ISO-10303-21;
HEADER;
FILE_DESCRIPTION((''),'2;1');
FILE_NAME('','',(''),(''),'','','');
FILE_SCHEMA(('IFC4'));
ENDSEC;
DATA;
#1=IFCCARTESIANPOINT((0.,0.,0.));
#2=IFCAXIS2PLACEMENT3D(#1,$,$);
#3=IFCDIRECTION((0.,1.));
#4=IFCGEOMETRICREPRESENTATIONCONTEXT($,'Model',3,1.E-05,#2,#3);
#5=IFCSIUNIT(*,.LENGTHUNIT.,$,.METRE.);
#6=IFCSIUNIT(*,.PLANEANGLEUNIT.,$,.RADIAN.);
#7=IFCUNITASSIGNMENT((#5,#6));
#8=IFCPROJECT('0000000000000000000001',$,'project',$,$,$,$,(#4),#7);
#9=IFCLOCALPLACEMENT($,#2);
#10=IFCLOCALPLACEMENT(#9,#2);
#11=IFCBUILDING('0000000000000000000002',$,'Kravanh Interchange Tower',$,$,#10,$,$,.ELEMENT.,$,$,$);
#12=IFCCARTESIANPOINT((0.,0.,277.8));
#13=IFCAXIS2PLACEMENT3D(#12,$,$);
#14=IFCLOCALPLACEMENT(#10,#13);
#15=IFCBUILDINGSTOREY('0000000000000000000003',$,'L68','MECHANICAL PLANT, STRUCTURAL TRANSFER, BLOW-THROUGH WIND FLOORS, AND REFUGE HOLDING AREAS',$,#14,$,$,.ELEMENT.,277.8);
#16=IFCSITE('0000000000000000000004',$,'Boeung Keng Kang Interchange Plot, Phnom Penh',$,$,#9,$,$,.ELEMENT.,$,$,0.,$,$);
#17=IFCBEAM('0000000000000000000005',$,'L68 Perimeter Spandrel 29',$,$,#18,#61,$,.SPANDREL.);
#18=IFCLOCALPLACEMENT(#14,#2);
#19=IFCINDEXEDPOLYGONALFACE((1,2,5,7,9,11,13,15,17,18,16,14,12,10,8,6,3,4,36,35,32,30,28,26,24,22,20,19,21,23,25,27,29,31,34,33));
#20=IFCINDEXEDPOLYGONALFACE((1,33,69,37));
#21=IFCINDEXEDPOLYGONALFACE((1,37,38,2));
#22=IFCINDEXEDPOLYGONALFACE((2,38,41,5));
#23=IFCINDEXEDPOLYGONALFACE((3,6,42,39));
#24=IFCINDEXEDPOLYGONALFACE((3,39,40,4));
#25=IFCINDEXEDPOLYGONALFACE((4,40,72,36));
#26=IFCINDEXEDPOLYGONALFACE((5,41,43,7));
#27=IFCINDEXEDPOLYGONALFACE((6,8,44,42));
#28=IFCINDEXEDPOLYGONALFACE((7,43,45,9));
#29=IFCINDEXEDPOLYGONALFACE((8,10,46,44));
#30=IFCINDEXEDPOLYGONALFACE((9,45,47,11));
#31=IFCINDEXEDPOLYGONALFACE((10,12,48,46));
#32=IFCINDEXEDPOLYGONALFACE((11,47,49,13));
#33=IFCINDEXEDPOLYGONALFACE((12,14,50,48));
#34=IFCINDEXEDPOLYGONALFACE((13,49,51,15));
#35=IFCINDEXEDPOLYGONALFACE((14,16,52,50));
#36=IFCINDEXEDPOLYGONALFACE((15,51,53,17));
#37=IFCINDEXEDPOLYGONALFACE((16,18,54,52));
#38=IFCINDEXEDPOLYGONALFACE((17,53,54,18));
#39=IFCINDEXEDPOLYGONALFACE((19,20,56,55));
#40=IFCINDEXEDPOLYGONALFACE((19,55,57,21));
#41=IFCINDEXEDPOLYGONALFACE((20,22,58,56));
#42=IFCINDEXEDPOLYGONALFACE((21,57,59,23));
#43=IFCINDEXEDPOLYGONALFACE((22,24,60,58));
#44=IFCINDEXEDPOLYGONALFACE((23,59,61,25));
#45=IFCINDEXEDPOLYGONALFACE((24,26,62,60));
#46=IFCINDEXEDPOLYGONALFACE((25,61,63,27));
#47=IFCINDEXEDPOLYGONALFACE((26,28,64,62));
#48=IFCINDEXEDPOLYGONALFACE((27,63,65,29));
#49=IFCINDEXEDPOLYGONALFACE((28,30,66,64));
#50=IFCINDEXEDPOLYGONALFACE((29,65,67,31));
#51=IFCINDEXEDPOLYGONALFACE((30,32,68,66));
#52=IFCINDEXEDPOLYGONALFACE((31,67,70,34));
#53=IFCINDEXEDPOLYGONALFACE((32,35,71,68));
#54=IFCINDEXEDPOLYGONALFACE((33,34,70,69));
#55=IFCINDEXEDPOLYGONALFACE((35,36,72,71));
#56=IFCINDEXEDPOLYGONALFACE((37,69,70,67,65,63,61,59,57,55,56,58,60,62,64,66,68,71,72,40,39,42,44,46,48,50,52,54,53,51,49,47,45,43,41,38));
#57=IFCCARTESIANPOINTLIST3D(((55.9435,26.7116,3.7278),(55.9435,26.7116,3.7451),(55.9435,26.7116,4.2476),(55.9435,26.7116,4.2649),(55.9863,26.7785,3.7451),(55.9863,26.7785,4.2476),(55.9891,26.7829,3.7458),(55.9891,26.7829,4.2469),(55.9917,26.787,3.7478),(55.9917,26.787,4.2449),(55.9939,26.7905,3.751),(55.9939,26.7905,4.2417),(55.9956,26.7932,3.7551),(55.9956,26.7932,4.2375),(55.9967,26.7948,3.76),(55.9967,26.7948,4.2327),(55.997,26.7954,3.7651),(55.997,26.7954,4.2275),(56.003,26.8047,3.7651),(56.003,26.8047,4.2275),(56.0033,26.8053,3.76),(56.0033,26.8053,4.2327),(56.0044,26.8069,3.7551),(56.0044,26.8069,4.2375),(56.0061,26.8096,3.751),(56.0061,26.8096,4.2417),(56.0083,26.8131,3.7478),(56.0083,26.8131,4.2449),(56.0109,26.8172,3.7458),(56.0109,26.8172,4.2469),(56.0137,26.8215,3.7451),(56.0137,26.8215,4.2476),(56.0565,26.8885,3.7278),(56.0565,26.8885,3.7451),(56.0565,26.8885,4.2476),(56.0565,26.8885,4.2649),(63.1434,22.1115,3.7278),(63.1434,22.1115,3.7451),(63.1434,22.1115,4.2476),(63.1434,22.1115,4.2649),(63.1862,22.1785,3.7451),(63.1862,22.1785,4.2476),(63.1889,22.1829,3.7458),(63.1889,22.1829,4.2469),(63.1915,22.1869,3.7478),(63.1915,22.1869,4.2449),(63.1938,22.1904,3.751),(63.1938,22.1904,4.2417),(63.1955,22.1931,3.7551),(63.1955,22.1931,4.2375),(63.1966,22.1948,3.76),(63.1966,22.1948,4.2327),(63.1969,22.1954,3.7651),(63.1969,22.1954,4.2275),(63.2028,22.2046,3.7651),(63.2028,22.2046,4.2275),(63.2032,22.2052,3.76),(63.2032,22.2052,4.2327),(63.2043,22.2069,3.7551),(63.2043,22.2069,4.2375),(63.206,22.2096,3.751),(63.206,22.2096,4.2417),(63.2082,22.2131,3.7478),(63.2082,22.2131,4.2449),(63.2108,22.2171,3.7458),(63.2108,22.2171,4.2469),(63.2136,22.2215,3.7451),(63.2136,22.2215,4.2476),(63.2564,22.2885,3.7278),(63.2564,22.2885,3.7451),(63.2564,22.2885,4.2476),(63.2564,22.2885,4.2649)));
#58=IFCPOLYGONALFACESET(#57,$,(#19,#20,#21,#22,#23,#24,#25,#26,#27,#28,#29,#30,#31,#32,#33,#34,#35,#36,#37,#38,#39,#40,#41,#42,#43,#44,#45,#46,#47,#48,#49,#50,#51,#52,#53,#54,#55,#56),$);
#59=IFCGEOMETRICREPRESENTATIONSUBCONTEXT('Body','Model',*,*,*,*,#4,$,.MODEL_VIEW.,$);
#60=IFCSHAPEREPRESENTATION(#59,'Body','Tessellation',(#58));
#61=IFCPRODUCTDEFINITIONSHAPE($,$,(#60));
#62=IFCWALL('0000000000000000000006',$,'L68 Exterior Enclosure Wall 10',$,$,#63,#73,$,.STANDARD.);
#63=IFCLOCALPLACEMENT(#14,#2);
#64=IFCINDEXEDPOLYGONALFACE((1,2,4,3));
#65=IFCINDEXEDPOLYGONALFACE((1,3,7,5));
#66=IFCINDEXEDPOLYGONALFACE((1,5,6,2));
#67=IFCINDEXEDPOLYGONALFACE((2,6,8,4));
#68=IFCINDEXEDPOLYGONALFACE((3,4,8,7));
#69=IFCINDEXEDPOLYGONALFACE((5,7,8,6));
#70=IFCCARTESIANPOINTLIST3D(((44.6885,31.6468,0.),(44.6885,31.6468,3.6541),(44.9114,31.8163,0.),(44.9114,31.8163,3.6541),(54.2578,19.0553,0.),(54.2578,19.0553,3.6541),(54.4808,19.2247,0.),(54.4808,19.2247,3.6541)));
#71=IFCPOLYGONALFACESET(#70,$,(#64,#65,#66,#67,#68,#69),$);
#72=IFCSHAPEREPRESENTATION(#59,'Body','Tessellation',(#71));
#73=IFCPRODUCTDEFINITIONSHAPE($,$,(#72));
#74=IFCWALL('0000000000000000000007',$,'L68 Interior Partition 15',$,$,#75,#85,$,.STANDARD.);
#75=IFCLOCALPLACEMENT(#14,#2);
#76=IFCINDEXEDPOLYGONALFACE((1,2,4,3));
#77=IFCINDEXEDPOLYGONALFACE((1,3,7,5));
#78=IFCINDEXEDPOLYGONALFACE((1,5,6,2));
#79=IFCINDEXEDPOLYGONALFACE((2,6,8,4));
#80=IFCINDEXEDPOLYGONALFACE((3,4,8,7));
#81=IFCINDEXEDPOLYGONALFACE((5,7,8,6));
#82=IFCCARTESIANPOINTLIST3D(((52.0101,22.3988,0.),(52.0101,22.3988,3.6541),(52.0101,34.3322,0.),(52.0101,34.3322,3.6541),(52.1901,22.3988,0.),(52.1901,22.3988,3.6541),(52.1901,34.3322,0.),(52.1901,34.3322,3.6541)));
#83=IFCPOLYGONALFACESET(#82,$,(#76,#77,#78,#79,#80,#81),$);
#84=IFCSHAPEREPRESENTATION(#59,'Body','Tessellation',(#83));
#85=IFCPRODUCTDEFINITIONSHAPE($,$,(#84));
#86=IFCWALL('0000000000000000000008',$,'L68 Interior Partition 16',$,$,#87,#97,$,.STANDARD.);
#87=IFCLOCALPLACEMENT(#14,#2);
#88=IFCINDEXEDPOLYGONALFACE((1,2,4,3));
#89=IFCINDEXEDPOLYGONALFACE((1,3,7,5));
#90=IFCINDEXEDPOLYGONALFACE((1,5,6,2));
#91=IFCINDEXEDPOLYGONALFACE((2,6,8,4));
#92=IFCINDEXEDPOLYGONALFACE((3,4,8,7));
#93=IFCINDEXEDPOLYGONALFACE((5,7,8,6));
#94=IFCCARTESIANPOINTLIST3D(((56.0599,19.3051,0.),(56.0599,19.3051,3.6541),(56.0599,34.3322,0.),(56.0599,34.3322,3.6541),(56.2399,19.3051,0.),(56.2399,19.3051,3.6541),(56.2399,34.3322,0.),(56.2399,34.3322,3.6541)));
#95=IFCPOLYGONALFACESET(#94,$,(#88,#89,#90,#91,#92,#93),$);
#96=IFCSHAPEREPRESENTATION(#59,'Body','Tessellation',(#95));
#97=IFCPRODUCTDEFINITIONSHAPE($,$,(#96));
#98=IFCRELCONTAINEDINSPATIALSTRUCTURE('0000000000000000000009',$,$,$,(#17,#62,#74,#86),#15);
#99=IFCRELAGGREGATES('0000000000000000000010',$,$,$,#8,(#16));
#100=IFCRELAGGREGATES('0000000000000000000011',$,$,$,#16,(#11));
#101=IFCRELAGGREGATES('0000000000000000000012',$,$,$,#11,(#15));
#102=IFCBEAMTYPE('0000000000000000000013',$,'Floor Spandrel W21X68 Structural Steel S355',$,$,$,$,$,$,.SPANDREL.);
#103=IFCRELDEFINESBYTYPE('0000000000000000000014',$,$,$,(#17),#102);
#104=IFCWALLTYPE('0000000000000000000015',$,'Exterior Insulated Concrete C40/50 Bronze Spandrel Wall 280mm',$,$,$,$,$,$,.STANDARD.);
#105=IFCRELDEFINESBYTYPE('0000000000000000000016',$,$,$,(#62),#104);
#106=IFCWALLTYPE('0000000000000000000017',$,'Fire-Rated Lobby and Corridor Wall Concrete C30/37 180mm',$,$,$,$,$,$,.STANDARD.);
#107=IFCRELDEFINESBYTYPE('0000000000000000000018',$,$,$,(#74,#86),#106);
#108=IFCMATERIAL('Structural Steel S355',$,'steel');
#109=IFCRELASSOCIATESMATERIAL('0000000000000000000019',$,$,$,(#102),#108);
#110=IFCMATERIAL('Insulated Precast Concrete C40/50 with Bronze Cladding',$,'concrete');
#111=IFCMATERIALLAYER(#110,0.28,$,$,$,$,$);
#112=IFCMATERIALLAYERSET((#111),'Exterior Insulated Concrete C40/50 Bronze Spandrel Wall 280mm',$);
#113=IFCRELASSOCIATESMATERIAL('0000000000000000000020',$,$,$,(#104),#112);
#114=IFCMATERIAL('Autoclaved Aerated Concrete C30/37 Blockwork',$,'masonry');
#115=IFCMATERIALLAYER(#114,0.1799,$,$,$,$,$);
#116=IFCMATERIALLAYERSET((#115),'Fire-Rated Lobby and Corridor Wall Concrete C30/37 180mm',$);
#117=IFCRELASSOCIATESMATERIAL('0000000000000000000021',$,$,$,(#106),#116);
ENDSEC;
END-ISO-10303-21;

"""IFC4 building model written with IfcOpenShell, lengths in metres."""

from ifc_helpers import new_model, si_unit, direction, frame, frame_2d, origin, origin_2d, place, context, subcontext, project, spatial, rectangle, i_section, extrude, material, layer, layer_set, material_profile, profile_set, type_object, element, save


model = new_model("IFC4")

# Units and contexts
model_context = context("Model", 3, precision=1e-05, world=origin(), true_north=direction((0.0, 1.0)))
body_context = subcontext(model_context, "Body", "Model", "MODEL_VIEW")
ifc_project = project(units=[si_unit("LENGTHUNIT", "METRE"), si_unit("PLANEANGLEUNIT", "RADIAN")], contexts=[model_context])

# Site, building, storey
site_placement = place(None, origin())
site = spatial("IfcSite", under=ifc_project, at=site_placement, Name="Boeung Keng Kang Interchange Plot, Phnom Penh", CompositionType="ELEMENT", RefElevation=0.0)
building_placement = place(site_placement, origin())
building = spatial("IfcBuilding", under=site, at=building_placement, Name="Kravanh Interchange Tower", CompositionType="ELEMENT")
storey_placement = place(building_placement, frame((0.0, 0.0, 277.8)))
storey = spatial("IfcBuildingStorey", under=building, at=storey_placement, Name="L68", Description="MECHANICAL PLANT, STRUCTURAL TRANSFER, BLOW-THROUGH WIND FLOORS, AND REFUGE HOLDING AREAS", CompositionType="ELEMENT", Elevation=277.8)

# Beam
ifc_material_1 = material(Name="Structural Steel S355", Category="steel")
ifc_material_profile_1 = material_profile(ifc_material_1, i_section(OverallWidth=0.21, OverallDepth=0.5371, WebThickness=0.011, FlangeThickness=0.0173, FilletRadius=0.02, at=origin_2d()), Name="W21X68")
ifc_profile_set_1 = profile_set([ifc_material_profile_1], Name="Structural Steel S355")
beam_type_1 = type_object("IfcBeamType", Name="Floor Spandrel W21X68 Structural Steel S355", PredefinedType="SPANDREL", material=ifc_profile_set_1)
beam_1_placement = place(storey_placement, frame((56.0, 26.8, 3.9963), z_axis=(0.842689, -0.5384, 0.0), x_axis=(0.5384, 0.842689, 0.0)))
element("IfcBeam", 1, at=beam_1_placement, inside=storey, type_object=beam_type_1, Name="L68 Perimeter Spandrel 29", PredefinedType="SPANDREL", context=body_context, shape_type="SweptSolid", body=[
    extrude(i_section(OverallWidth=0.21, OverallDepth=0.5371, WebThickness=0.011, FlangeThickness=0.0173, FilletRadius=0.02, at=origin_2d()), origin(), (0.0, 0.0, 1.0), 8.5439),
])

# Walls
ifc_material_2 = material(Name="Insulated Precast Concrete C40/50 with Bronze Cladding", Category="concrete")
ifc_layer_1 = layer(ifc_material_2, 0.28)
ifc_layer_set_1 = layer_set([ifc_layer_1], Name="Exterior Insulated Concrete C40/50 Bronze Spandrel Wall 280mm")
wall_type_1 = type_object("IfcWallType", Name="Exterior Insulated Concrete C40/50 Bronze Spandrel Wall 280mm", PredefinedType="STANDARD", material=ifc_layer_set_1)
wall_1_placement = place(storey_placement, frame((54.3694, 19.1399, 0.0), z_axis=(0.0, 0.0, 1.0), x_axis=(-0.605073, 0.79617, 0.0)))
element("IfcWall", 2, at=wall_1_placement, inside=storey, type_object=wall_type_1, Name="L68 Exterior Enclosure Wall 10", PredefinedType="STANDARD", context=body_context, shape_type="SweptSolid", body=[
    extrude(rectangle(XDim=15.8152, YDim=0.28, at=frame_2d((7.9077, 0.0))), origin(), (0.0, 0.0, 1.0), 3.6541),
])
ifc_material_3 = material(Name="Autoclaved Aerated Concrete C30/37 Blockwork", Category="masonry")
ifc_layer_2 = layer(ifc_material_3, 0.1799)
ifc_layer_set_2 = layer_set([ifc_layer_2], Name="Fire-Rated Lobby and Corridor Wall Concrete C30/37 180mm")
wall_type_2 = type_object("IfcWallType", Name="Fire-Rated Lobby and Corridor Wall Concrete C30/37 180mm", PredefinedType="STANDARD", material=ifc_layer_set_2)
wall_2_placement = place(storey_placement, frame((52.1001, 22.3987, 0.0), z_axis=(0.0, 0.0, 1.0), x_axis=(0.0, 1.0, 0.0)))
element("IfcWall", 3, at=wall_2_placement, inside=storey, type_object=wall_type_2, Name="L68 Interior Partition 15", PredefinedType="STANDARD", context=body_context, shape_type="SweptSolid", body=[
    extrude(rectangle(XDim=11.9333, YDim=0.1799, at=frame_2d((5.9668, 0.0))), origin(), (0.0, 0.0, 1.0), 3.6541),
])
wall_3_placement = place(storey_placement, frame((56.1499, 19.3049, 0.0), z_axis=(0.0, 0.0, 1.0), x_axis=(0.0, 1.0, 0.0)))
element("IfcWall", 4, at=wall_3_placement, inside=storey, type_object=wall_type_2, Name="L68 Interior Partition 16", PredefinedType="STANDARD", context=body_context, shape_type="SweptSolid", body=[
    extrude(rectangle(XDim=15.0271, YDim=0.1799, at=frame_2d((7.5137, 0.0))), origin(), (0.0, 0.0, 1.0), 3.6541),
])

save(model, "model.ifc")
